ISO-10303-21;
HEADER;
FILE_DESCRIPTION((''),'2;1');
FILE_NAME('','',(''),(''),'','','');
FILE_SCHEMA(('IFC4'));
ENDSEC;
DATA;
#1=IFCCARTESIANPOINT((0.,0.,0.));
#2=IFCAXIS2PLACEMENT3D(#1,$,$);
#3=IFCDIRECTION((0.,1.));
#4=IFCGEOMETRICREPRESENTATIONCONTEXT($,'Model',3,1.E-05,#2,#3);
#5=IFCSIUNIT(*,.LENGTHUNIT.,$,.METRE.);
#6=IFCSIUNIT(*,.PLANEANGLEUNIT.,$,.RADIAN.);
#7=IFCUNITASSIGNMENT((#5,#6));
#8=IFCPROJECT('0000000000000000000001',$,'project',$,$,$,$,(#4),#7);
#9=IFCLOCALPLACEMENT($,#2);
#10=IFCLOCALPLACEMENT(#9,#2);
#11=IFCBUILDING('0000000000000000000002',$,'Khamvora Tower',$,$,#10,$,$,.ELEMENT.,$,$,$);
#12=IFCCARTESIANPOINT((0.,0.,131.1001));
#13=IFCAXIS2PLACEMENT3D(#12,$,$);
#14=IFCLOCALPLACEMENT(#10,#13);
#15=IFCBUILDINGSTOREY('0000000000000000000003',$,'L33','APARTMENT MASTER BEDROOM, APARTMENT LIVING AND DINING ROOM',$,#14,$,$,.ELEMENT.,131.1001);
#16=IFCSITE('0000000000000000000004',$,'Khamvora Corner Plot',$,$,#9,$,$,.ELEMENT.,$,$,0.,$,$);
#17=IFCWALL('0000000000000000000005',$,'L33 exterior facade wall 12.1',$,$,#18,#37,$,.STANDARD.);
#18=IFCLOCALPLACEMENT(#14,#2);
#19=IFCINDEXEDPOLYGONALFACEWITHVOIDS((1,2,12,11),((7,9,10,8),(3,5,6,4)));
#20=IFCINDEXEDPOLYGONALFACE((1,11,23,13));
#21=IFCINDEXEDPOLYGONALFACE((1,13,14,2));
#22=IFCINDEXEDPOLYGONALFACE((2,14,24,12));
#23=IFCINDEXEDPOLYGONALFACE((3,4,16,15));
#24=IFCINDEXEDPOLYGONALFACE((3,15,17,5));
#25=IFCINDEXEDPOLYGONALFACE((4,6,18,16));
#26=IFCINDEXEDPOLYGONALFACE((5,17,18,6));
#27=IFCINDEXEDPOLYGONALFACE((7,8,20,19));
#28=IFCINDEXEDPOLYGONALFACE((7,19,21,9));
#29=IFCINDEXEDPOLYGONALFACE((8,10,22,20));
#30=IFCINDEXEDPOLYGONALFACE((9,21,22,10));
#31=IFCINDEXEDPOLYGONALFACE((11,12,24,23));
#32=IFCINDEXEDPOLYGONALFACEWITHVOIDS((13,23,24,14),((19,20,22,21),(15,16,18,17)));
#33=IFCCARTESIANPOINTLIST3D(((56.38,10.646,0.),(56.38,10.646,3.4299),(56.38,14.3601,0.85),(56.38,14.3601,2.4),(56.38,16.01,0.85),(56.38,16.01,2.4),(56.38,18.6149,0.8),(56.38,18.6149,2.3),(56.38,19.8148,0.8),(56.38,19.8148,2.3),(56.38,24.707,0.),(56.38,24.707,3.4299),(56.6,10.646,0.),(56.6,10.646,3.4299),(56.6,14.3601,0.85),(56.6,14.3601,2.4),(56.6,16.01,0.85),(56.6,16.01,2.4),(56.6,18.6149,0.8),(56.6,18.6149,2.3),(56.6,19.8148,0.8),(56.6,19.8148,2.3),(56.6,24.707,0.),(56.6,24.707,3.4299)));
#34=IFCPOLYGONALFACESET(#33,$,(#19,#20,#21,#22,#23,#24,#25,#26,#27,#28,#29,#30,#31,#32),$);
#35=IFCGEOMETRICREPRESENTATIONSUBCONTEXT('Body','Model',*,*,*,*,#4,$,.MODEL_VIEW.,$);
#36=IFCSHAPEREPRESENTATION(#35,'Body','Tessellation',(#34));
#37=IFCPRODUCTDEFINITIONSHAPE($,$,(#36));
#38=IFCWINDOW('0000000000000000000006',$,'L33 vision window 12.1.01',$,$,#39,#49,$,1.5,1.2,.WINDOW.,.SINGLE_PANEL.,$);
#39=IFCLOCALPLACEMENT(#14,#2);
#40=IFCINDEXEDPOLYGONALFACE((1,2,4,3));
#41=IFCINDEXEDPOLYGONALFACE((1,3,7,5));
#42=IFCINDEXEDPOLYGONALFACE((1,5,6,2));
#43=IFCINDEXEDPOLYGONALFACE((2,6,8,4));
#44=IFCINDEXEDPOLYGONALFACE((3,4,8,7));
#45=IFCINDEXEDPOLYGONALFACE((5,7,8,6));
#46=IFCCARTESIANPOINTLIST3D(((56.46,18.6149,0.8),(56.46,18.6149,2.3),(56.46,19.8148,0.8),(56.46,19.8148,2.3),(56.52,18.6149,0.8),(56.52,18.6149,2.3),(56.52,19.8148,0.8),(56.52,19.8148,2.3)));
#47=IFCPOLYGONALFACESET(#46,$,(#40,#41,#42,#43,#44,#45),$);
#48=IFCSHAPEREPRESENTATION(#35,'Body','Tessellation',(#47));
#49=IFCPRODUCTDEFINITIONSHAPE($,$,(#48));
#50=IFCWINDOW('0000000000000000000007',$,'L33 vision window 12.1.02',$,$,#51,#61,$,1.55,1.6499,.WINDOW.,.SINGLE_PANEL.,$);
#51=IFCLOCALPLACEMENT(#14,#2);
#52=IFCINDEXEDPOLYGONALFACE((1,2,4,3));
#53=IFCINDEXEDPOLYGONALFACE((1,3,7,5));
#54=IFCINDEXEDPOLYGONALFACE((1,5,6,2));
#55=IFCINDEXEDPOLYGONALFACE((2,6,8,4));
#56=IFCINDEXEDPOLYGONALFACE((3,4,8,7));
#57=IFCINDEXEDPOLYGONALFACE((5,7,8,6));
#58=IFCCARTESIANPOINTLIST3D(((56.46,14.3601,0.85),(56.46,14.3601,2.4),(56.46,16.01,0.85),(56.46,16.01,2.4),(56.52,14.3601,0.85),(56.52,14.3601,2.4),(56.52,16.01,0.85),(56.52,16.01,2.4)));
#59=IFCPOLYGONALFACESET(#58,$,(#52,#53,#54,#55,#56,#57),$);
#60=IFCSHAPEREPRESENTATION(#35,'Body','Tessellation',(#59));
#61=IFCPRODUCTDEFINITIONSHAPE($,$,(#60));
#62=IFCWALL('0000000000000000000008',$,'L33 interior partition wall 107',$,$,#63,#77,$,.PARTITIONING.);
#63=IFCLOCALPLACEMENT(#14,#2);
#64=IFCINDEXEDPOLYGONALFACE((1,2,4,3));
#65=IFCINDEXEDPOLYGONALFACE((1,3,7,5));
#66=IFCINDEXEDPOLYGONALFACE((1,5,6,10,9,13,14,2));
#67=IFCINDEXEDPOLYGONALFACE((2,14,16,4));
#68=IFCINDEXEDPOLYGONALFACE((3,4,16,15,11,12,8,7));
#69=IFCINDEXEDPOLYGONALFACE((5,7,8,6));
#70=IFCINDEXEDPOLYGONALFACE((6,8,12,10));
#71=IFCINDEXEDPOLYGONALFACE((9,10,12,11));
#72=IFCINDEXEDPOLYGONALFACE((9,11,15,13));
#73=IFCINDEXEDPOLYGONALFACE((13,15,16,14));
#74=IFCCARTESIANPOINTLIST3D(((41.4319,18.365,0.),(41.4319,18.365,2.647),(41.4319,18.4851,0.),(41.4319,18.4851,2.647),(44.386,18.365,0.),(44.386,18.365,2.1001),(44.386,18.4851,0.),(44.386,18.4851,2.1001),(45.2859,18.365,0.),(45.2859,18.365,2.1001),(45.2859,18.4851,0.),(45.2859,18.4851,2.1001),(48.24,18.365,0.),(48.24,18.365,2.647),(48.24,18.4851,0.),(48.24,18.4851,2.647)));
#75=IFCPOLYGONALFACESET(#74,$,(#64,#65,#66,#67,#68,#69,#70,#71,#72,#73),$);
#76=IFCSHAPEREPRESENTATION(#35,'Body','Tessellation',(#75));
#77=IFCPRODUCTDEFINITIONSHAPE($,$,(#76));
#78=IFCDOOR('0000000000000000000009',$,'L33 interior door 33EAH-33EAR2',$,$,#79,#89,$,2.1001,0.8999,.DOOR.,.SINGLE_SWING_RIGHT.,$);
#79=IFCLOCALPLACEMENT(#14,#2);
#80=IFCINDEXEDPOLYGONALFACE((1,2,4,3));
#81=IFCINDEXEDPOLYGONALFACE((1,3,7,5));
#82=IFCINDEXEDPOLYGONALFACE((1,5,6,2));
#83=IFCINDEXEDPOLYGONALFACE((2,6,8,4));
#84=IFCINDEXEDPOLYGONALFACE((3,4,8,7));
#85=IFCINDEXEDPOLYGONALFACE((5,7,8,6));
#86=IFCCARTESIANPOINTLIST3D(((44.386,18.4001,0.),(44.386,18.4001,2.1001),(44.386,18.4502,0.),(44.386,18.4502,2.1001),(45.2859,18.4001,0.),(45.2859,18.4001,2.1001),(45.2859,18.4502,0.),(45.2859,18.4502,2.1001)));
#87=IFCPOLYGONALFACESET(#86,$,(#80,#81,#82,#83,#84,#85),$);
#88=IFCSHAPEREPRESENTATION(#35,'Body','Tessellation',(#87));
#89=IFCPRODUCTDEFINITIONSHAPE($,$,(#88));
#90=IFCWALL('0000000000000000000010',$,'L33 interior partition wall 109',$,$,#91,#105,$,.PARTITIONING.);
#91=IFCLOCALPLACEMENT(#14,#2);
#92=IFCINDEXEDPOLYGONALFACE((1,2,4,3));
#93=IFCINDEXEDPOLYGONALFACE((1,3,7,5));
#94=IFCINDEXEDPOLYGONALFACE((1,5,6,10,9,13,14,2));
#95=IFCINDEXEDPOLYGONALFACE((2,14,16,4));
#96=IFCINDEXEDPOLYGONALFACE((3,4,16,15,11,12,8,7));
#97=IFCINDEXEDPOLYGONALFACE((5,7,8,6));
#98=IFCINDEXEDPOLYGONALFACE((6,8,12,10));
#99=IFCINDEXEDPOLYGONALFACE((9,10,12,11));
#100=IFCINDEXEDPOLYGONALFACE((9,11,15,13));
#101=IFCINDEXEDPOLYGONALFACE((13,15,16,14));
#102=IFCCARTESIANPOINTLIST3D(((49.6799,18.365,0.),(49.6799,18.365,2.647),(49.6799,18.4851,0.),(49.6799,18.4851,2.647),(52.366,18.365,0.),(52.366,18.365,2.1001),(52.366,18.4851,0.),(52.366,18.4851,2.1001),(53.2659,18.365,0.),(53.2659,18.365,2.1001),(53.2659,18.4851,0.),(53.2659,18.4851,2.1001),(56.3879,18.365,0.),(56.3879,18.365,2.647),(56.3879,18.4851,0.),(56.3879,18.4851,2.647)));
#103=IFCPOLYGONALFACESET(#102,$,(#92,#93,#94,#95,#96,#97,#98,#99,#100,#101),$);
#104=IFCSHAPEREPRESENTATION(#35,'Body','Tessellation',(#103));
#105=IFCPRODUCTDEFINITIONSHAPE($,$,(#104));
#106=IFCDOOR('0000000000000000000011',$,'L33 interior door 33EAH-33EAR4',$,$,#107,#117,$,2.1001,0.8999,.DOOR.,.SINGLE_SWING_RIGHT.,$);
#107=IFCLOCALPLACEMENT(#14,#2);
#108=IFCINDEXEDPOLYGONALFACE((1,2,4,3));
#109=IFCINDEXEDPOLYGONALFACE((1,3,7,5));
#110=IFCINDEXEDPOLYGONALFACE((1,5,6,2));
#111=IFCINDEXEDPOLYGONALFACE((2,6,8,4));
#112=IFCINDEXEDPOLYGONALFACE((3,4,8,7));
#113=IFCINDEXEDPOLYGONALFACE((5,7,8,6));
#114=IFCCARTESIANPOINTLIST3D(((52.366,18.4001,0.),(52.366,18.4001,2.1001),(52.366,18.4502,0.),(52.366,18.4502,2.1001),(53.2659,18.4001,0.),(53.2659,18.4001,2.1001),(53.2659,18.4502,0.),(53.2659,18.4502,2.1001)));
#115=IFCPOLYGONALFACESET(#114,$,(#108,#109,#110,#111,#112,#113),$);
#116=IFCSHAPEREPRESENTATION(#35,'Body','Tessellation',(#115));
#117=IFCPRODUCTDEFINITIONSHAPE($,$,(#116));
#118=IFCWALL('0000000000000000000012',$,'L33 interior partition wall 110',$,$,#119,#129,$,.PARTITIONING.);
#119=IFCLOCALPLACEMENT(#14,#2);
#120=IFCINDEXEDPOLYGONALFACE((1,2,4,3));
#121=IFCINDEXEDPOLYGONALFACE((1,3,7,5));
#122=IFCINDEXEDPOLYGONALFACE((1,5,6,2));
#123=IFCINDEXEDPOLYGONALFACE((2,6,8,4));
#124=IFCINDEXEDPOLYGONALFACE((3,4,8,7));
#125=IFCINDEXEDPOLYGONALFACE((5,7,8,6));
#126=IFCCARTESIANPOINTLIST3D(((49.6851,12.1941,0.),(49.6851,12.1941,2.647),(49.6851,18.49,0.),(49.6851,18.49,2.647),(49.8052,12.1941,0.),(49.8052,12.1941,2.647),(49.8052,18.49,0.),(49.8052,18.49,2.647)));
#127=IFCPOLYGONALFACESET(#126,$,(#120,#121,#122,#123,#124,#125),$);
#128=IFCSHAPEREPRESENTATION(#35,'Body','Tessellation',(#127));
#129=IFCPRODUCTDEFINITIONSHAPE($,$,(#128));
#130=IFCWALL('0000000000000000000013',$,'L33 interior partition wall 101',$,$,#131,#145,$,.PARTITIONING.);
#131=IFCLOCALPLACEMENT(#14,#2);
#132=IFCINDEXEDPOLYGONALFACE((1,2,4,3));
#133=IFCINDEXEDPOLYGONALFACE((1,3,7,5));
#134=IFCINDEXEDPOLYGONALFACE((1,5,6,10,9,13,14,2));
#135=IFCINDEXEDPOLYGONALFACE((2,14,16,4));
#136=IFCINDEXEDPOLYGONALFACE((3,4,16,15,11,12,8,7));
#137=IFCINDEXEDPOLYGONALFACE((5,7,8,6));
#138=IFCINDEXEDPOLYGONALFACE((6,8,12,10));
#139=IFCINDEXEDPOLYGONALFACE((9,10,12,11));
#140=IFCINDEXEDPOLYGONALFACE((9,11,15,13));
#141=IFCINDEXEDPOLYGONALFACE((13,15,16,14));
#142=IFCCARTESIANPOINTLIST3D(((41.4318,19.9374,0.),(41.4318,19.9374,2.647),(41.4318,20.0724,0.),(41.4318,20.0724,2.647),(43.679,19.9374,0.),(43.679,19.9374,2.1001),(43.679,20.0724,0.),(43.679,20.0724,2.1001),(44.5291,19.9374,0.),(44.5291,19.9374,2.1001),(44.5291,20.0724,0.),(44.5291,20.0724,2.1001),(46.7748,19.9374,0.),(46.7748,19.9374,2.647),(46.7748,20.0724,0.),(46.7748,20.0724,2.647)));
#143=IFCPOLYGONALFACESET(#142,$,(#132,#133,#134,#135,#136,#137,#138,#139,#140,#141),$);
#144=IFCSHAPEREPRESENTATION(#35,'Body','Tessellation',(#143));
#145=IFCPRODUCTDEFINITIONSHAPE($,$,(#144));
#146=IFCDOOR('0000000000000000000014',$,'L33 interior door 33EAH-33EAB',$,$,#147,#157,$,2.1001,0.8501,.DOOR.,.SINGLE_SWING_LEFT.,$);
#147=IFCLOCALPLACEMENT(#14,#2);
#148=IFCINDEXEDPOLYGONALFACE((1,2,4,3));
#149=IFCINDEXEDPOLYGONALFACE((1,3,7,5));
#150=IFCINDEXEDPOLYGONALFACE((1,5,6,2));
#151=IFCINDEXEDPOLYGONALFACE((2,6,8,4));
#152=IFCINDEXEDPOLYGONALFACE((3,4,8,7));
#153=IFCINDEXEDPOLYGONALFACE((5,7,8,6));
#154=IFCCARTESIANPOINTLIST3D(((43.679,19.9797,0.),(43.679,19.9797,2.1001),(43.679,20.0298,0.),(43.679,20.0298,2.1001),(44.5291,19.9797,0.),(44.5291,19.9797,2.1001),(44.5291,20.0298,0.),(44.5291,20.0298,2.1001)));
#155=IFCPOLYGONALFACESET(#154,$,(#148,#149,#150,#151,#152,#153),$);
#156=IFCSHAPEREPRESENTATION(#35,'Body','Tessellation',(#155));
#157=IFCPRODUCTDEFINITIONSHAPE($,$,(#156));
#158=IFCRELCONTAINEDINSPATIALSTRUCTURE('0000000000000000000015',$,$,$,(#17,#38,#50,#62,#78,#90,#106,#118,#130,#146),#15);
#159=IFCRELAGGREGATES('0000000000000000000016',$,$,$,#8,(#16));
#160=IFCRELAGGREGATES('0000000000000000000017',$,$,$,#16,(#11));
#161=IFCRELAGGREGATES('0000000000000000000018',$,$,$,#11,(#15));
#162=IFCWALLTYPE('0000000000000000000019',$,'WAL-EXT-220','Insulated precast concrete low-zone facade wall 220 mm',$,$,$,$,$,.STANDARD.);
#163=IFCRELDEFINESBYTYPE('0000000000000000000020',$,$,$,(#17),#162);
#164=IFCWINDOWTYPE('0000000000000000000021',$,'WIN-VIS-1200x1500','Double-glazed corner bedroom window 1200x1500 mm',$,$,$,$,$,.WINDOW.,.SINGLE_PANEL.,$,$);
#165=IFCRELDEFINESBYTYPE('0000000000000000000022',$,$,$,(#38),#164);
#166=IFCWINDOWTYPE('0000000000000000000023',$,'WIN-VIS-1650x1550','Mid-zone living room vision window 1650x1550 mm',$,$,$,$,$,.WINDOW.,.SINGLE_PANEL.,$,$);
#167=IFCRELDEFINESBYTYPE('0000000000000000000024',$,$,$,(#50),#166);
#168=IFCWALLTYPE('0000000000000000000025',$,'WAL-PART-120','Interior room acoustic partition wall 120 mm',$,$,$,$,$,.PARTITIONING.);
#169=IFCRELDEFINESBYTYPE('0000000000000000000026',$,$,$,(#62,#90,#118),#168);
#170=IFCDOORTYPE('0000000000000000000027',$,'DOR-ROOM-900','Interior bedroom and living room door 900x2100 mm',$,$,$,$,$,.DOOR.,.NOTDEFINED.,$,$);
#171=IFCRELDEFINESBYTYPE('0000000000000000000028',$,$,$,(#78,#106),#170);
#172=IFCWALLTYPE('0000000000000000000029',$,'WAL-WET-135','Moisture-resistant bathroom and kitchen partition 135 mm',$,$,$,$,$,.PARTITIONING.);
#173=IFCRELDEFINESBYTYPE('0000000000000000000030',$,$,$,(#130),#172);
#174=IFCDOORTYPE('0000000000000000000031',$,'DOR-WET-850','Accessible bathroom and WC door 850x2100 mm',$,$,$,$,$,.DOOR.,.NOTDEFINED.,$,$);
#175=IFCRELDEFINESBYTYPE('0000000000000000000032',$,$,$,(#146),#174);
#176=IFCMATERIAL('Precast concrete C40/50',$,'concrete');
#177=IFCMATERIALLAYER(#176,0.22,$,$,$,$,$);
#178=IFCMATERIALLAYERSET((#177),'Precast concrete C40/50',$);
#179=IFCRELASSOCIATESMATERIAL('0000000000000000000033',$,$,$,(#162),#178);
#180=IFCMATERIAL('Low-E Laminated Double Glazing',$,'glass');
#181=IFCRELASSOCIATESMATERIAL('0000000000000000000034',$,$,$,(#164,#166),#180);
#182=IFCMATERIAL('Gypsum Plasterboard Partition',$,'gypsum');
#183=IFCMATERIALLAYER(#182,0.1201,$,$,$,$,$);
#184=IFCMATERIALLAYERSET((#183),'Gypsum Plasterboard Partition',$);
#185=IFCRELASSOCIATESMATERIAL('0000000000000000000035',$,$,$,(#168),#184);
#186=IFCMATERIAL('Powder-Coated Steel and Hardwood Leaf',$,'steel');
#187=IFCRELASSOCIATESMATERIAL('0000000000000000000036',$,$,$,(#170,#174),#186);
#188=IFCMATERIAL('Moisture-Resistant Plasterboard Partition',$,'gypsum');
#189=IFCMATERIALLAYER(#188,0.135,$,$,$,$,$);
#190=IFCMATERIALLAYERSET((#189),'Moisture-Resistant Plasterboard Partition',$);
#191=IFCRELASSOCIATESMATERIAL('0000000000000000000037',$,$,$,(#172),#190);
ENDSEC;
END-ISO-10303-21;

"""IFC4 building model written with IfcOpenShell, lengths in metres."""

from ifc_helpers import new_model, si_unit, direction, frame, frame_2d, origin, place, context, subcontext, project, spatial, rectangle, extrude, material, layer, layer_set, type_object, element, fill, save


model = new_model("IFC4")

# Units and contexts
model_context = context("Model", 3, precision=1e-05, world=origin(), true_north=direction((0.0, 1.0)))
body_context = subcontext(model_context, "Body", "Model", "MODEL_VIEW")
ifc_project = project(units=[si_unit("LENGTHUNIT", "METRE"), si_unit("PLANEANGLEUNIT", "RADIAN")], contexts=[model_context])

# Site, building, storey
site_placement = place(None, origin())
site = spatial("IfcSite", under=ifc_project, at=site_placement, Name="Khamvora Corner Plot", CompositionType="ELEMENT", RefElevation=0.0)
building_placement = place(site_placement, origin())
building = spatial("IfcBuilding", under=site, at=building_placement, Name="Khamvora Tower", CompositionType="ELEMENT")
storey_placement = place(building_placement, frame((0.0, 0.0, 131.1001)))
storey = spatial("IfcBuildingStorey", under=building, at=storey_placement, Name="L33", Description="APARTMENT MASTER BEDROOM, APARTMENT LIVING AND DINING ROOM", CompositionType="ELEMENT", Elevation=131.1001)

# Shared definitions
ifc_material_1 = material(Name="Powder-Coated Steel and Hardwood Leaf", Category="steel")

# Shared definitions
ifc_material_2 = material(Name="Precast concrete C40/50", Category="concrete")
ifc_layer_1 = layer(ifc_material_2, 0.22)
ifc_layer_set_1 = layer_set([ifc_layer_1], Name="Precast concrete C40/50")
wall_type_1 = type_object("IfcWallType", Name="WAL-EXT-220", Description="Insulated precast concrete low-zone facade wall 220 mm", PredefinedType="STANDARD", material=ifc_layer_set_1)

# Wall, openings, windows
wall_1_placement = place(storey_placement, frame((56.49, 24.707, 0.0), z_axis=(0.0, 0.0, 1.0), x_axis=(0.0, -1.0, 0.0)))
wall_1 = element("IfcWall", 1, at=wall_1_placement, inside=storey, type_object=wall_type_1, Name="L33 exterior facade wall 12.1", PredefinedType="STANDARD", context=body_context, shape_type="SweptSolid", body=[
    extrude(rectangle(XDim=14.061, YDim=0.22, at=frame_2d((7.0305, 0.0))), origin(), (0.0, 0.0, 1.0), 3.4299),
])
opening_1_placement = place(wall_1_placement, frame((4.8921, 0.0, 0.8)))
opening_1 = element("IfcOpeningElement", 2, at=opening_1_placement, cuts=wall_1, PredefinedType="OPENING", context=body_context, shape_type="SweptSolid", body=[
    extrude(rectangle(XDim=1.2, YDim=1.5, at=frame_2d((0.6001, 0.75))), frame((0.0, 0.1199, 0.0), z_axis=(0.0, -1.0, 0.0), x_axis=(1.0, 0.0, 0.0)), (0.0, 0.0, 1.0), 0.24),
])
opening_2_placement = place(wall_1_placement, frame((8.697, 0.0, 0.8501)))
opening_2 = element("IfcOpeningElement", 3, at=opening_2_placement, cuts=wall_1, PredefinedType="OPENING", context=body_context, shape_type="SweptSolid", body=[
    extrude(rectangle(XDim=1.6499, YDim=1.55, at=frame_2d((0.825, 0.7749))), frame((0.0, 0.1199, 0.0), z_axis=(0.0, -1.0, 0.0), x_axis=(1.0, 0.0, 0.0)), (0.0, 0.0, 1.0), 0.24),
])
ifc_material_3 = material(Name="Low-E Laminated Double Glazing", Category="glass")
window_type_1 = type_object("IfcWindowType", Name="WIN-VIS-1200x1500", Description="Double-glazed corner bedroom window 1200x1500 mm", PartitioningType="SINGLE_PANEL", PredefinedType="WINDOW", material=ifc_material_3)
window_1_placement = place(opening_1_placement, origin())
window_1 = element("IfcWindow", 4, at=window_1_placement, inside=storey, type_object=window_type_1, Name="L33 vision window 12.1.01", OverallHeight=1.5, OverallWidth=1.2, PartitioningType="SINGLE_PANEL", PredefinedType="WINDOW", context=body_context, shape_type="SweptSolid", body=[
    extrude(rectangle(XDim=1.2, YDim=1.5, at=frame_2d((0.6001, 0.75))), frame((0.0, 0.03, 0.0), z_axis=(0.0, -1.0, 0.0), x_axis=(1.0, 0.0, 0.0)), (0.0, 0.0, 1.0), 0.0601),
])
fill(opening_1, window_1)
window_type_2 = type_object("IfcWindowType", Name="WIN-VIS-1650x1550", Description="Mid-zone living room vision window 1650x1550 mm", PartitioningType="SINGLE_PANEL", PredefinedType="WINDOW", material=ifc_material_3)
window_2_placement = place(opening_2_placement, origin())
window_2 = element("IfcWindow", 5, at=window_2_placement, inside=storey, type_object=window_type_2, Name="L33 vision window 12.1.02", OverallHeight=1.55, OverallWidth=1.6499, PartitioningType="SINGLE_PANEL", PredefinedType="WINDOW", context=body_context, shape_type="SweptSolid", body=[
    extrude(rectangle(XDim=1.6499, YDim=1.55, at=frame_2d((0.825, 0.7749))), frame((0.0, 0.03, 0.0), z_axis=(0.0, -1.0, 0.0), x_axis=(1.0, 0.0, 0.0)), (0.0, 0.0, 1.0), 0.0601),
])
fill(opening_2, window_2)

# Walls, openings, doors
ifc_material_4 = material(Name="Gypsum Plasterboard Partition", Category="gypsum")
ifc_layer_2 = layer(ifc_material_4, 0.1201)
ifc_layer_set_2 = layer_set([ifc_layer_2], Name="Gypsum Plasterboard Partition")
wall_type_2 = type_object("IfcWallType", Name="WAL-PART-120", Description="Interior room acoustic partition wall 120 mm", PredefinedType="PARTITIONING", material=ifc_layer_set_2)
wall_2_placement = place(storey_placement, frame((48.24, 18.425, 0.0), z_axis=(0.0, 0.0, 1.0), x_axis=(-1.0, 0.0, 0.0)))
wall_2 = element("IfcWall", 6, at=wall_2_placement, inside=storey, type_object=wall_type_2, Name="L33 interior partition wall 107", PredefinedType="PARTITIONING", context=body_context, shape_type="SweptSolid", body=[
    extrude(rectangle(XDim=6.8081, YDim=0.1201, at=frame_2d((3.4041, 0.0))), origin(), (0.0, 0.0, 1.0), 2.647),
])
opening_3_placement = place(wall_2_placement, frame((2.9541, 0.0, 0.0)))
opening_3 = element("IfcOpeningElement", 7, at=opening_3_placement, cuts=wall_2, PredefinedType="OPENING", context=body_context, shape_type="SweptSolid", body=[
    extrude(rectangle(XDim=0.8999, YDim=2.1001, at=frame_2d((0.45, 1.05))), frame((0.0, 0.0701, 0.0), z_axis=(0.0, -1.0, 0.0), x_axis=(1.0, 0.0, 0.0)), (0.0, 0.0, 1.0), 0.1401),
])
door_type_1 = type_object("IfcDoorType", Name="DOR-ROOM-900", Description="Interior bedroom and living room door 900x2100 mm", OperationType="NOTDEFINED", PredefinedType="DOOR", material=ifc_material_1)
door_1_placement = place(opening_3_placement, origin())
door_1 = element("IfcDoor", 8, at=door_1_placement, inside=storey, type_object=door_type_1, Name="L33 interior door 33EAH-33EAR2", OperationType="SINGLE_SWING_RIGHT", OverallHeight=2.1001, OverallWidth=0.8999, PredefinedType="DOOR", context=body_context, shape_type="SweptSolid", body=[
    extrude(rectangle(XDim=0.8999, YDim=2.1001, at=frame_2d((0.45, 1.05))), frame((0.0, 0.0249, 0.0), z_axis=(0.0, -1.0, 0.0), x_axis=(1.0, 0.0, 0.0)), (0.0, 0.0, 1.0), 0.05),
])
fill(opening_3, door_1)
wall_3_placement = place(storey_placement, frame((56.3879, 18.425, 0.0), z_axis=(0.0, 0.0, 1.0), x_axis=(-1.0, 0.0, 0.0)))
wall_3 = element("IfcWall", 9, at=wall_3_placement, inside=storey, type_object=wall_type_2, Name="L33 interior partition wall 109", PredefinedType="PARTITIONING", context=body_context, shape_type="SweptSolid", body=[
    extrude(rectangle(XDim=6.708, YDim=0.1201, at=frame_2d((3.354, 0.0))), origin(), (0.0, 0.0, 1.0), 2.647),
])
opening_4_placement = place(wall_3_placement, frame((3.1221, 0.0, 0.0)))
opening_4 = element("IfcOpeningElement", 10, at=opening_4_placement, cuts=wall_3, PredefinedType="OPENING", context=body_context, shape_type="SweptSolid", body=[
    extrude(rectangle(XDim=0.8999, YDim=2.1001, at=frame_2d((0.45, 1.05))), frame((0.0, 0.0701, 0.0), z_axis=(0.0, -1.0, 0.0), x_axis=(1.0, 0.0, 0.0)), (0.0, 0.0, 1.0), 0.1401),
])
door_2_placement = place(opening_4_placement, origin())
door_2 = element("IfcDoor", 11, at=door_2_placement, inside=storey, type_object=door_type_1, Name="L33 interior door 33EAH-33EAR4", OperationType="SINGLE_SWING_RIGHT", OverallHeight=2.1001, OverallWidth=0.8999, PredefinedType="DOOR", context=body_context, shape_type="SweptSolid", body=[
    extrude(rectangle(XDim=0.8999, YDim=2.1001, at=frame_2d((0.45, 1.05))), frame((0.0, 0.0249, 0.0), z_axis=(0.0, -1.0, 0.0), x_axis=(1.0, 0.0, 0.0)), (0.0, 0.0, 1.0), 0.05),
])
fill(opening_4, door_2)

# Wall
wall_4_placement = place(storey_placement, frame((49.7451, 18.49, 0.0), z_axis=(0.0, 0.0, 1.0), x_axis=(0.0, -1.0, 0.0)))
element("IfcWall", 12, at=wall_4_placement, inside=storey, type_object=wall_type_2, Name="L33 interior partition wall 110", PredefinedType="PARTITIONING", context=body_context, shape_type="SweptSolid", body=[
    extrude(rectangle(XDim=6.2959, YDim=0.1201, at=frame_2d((3.1479, 0.0))), origin(), (0.0, 0.0, 1.0), 2.647),
])

# Wall, opening, door
ifc_material_5 = material(Name="Moisture-Resistant Plasterboard Partition", Category="gypsum")
ifc_layer_3 = layer(ifc_material_5, 0.135)
ifc_layer_set_3 = layer_set([ifc_layer_3], Name="Moisture-Resistant Plasterboard Partition")
wall_type_3 = type_object("IfcWallType", Name="WAL-WET-135", Description="Moisture-resistant bathroom and kitchen partition 135 mm", PredefinedType="PARTITIONING", material=ifc_layer_set_3)
wall_5_placement = place(storey_placement, frame((41.4319, 20.0049, 0.0), z_axis=(0.0, 0.0, 1.0), x_axis=(1.0, 0.0, 0.0)))
wall_5 = element("IfcWall", 13, at=wall_5_placement, inside=storey, type_object=wall_type_3, Name="L33 interior partition wall 101", PredefinedType="PARTITIONING", context=body_context, shape_type="SweptSolid", body=[
    extrude(rectangle(XDim=5.343, YDim=0.135, at=frame_2d((2.6714, 0.0))), origin(), (0.0, 0.0, 1.0), 2.647),
])
opening_5_placement = place(wall_5_placement, frame((2.2471, 0.0, 0.0)))
opening_5 = element("IfcOpeningElement", 14, at=opening_5_placement, cuts=wall_5, PredefinedType="OPENING", context=body_context, shape_type="SweptSolid", body=[
    extrude(rectangle(XDim=0.8501, YDim=2.1001, at=frame_2d((0.425, 1.05))), frame((0.0, 0.0774, 0.0), z_axis=(0.0, -1.0, 0.0), x_axis=(1.0, 0.0, 0.0)), (0.0, 0.0, 1.0), 0.155),
])
door_type_2 = type_object("IfcDoorType", Name="DOR-WET-850", Description="Accessible bathroom and WC door 850x2100 mm", OperationType="NOTDEFINED", PredefinedType="DOOR", material=ifc_material_1)
door_3_placement = place(opening_5_placement, origin())
door_3 = element("IfcDoor", 15, at=door_3_placement, inside=storey, type_object=door_type_2, Name="L33 interior door 33EAH-33EAB", OperationType="SINGLE_SWING_LEFT", OverallHeight=2.1001, OverallWidth=0.8501, PredefinedType="DOOR", context=body_context, shape_type="SweptSolid", body=[
    extrude(rectangle(XDim=0.8501, YDim=2.1001, at=frame_2d((0.425, 1.05))), frame((0.0, 0.0249, 0.0), z_axis=(0.0, -1.0, 0.0), x_axis=(1.0, 0.0, 0.0)), (0.0, 0.0, 1.0), 0.05),
])
fill(opening_5, door_3)

save(model, "model.ifc")
